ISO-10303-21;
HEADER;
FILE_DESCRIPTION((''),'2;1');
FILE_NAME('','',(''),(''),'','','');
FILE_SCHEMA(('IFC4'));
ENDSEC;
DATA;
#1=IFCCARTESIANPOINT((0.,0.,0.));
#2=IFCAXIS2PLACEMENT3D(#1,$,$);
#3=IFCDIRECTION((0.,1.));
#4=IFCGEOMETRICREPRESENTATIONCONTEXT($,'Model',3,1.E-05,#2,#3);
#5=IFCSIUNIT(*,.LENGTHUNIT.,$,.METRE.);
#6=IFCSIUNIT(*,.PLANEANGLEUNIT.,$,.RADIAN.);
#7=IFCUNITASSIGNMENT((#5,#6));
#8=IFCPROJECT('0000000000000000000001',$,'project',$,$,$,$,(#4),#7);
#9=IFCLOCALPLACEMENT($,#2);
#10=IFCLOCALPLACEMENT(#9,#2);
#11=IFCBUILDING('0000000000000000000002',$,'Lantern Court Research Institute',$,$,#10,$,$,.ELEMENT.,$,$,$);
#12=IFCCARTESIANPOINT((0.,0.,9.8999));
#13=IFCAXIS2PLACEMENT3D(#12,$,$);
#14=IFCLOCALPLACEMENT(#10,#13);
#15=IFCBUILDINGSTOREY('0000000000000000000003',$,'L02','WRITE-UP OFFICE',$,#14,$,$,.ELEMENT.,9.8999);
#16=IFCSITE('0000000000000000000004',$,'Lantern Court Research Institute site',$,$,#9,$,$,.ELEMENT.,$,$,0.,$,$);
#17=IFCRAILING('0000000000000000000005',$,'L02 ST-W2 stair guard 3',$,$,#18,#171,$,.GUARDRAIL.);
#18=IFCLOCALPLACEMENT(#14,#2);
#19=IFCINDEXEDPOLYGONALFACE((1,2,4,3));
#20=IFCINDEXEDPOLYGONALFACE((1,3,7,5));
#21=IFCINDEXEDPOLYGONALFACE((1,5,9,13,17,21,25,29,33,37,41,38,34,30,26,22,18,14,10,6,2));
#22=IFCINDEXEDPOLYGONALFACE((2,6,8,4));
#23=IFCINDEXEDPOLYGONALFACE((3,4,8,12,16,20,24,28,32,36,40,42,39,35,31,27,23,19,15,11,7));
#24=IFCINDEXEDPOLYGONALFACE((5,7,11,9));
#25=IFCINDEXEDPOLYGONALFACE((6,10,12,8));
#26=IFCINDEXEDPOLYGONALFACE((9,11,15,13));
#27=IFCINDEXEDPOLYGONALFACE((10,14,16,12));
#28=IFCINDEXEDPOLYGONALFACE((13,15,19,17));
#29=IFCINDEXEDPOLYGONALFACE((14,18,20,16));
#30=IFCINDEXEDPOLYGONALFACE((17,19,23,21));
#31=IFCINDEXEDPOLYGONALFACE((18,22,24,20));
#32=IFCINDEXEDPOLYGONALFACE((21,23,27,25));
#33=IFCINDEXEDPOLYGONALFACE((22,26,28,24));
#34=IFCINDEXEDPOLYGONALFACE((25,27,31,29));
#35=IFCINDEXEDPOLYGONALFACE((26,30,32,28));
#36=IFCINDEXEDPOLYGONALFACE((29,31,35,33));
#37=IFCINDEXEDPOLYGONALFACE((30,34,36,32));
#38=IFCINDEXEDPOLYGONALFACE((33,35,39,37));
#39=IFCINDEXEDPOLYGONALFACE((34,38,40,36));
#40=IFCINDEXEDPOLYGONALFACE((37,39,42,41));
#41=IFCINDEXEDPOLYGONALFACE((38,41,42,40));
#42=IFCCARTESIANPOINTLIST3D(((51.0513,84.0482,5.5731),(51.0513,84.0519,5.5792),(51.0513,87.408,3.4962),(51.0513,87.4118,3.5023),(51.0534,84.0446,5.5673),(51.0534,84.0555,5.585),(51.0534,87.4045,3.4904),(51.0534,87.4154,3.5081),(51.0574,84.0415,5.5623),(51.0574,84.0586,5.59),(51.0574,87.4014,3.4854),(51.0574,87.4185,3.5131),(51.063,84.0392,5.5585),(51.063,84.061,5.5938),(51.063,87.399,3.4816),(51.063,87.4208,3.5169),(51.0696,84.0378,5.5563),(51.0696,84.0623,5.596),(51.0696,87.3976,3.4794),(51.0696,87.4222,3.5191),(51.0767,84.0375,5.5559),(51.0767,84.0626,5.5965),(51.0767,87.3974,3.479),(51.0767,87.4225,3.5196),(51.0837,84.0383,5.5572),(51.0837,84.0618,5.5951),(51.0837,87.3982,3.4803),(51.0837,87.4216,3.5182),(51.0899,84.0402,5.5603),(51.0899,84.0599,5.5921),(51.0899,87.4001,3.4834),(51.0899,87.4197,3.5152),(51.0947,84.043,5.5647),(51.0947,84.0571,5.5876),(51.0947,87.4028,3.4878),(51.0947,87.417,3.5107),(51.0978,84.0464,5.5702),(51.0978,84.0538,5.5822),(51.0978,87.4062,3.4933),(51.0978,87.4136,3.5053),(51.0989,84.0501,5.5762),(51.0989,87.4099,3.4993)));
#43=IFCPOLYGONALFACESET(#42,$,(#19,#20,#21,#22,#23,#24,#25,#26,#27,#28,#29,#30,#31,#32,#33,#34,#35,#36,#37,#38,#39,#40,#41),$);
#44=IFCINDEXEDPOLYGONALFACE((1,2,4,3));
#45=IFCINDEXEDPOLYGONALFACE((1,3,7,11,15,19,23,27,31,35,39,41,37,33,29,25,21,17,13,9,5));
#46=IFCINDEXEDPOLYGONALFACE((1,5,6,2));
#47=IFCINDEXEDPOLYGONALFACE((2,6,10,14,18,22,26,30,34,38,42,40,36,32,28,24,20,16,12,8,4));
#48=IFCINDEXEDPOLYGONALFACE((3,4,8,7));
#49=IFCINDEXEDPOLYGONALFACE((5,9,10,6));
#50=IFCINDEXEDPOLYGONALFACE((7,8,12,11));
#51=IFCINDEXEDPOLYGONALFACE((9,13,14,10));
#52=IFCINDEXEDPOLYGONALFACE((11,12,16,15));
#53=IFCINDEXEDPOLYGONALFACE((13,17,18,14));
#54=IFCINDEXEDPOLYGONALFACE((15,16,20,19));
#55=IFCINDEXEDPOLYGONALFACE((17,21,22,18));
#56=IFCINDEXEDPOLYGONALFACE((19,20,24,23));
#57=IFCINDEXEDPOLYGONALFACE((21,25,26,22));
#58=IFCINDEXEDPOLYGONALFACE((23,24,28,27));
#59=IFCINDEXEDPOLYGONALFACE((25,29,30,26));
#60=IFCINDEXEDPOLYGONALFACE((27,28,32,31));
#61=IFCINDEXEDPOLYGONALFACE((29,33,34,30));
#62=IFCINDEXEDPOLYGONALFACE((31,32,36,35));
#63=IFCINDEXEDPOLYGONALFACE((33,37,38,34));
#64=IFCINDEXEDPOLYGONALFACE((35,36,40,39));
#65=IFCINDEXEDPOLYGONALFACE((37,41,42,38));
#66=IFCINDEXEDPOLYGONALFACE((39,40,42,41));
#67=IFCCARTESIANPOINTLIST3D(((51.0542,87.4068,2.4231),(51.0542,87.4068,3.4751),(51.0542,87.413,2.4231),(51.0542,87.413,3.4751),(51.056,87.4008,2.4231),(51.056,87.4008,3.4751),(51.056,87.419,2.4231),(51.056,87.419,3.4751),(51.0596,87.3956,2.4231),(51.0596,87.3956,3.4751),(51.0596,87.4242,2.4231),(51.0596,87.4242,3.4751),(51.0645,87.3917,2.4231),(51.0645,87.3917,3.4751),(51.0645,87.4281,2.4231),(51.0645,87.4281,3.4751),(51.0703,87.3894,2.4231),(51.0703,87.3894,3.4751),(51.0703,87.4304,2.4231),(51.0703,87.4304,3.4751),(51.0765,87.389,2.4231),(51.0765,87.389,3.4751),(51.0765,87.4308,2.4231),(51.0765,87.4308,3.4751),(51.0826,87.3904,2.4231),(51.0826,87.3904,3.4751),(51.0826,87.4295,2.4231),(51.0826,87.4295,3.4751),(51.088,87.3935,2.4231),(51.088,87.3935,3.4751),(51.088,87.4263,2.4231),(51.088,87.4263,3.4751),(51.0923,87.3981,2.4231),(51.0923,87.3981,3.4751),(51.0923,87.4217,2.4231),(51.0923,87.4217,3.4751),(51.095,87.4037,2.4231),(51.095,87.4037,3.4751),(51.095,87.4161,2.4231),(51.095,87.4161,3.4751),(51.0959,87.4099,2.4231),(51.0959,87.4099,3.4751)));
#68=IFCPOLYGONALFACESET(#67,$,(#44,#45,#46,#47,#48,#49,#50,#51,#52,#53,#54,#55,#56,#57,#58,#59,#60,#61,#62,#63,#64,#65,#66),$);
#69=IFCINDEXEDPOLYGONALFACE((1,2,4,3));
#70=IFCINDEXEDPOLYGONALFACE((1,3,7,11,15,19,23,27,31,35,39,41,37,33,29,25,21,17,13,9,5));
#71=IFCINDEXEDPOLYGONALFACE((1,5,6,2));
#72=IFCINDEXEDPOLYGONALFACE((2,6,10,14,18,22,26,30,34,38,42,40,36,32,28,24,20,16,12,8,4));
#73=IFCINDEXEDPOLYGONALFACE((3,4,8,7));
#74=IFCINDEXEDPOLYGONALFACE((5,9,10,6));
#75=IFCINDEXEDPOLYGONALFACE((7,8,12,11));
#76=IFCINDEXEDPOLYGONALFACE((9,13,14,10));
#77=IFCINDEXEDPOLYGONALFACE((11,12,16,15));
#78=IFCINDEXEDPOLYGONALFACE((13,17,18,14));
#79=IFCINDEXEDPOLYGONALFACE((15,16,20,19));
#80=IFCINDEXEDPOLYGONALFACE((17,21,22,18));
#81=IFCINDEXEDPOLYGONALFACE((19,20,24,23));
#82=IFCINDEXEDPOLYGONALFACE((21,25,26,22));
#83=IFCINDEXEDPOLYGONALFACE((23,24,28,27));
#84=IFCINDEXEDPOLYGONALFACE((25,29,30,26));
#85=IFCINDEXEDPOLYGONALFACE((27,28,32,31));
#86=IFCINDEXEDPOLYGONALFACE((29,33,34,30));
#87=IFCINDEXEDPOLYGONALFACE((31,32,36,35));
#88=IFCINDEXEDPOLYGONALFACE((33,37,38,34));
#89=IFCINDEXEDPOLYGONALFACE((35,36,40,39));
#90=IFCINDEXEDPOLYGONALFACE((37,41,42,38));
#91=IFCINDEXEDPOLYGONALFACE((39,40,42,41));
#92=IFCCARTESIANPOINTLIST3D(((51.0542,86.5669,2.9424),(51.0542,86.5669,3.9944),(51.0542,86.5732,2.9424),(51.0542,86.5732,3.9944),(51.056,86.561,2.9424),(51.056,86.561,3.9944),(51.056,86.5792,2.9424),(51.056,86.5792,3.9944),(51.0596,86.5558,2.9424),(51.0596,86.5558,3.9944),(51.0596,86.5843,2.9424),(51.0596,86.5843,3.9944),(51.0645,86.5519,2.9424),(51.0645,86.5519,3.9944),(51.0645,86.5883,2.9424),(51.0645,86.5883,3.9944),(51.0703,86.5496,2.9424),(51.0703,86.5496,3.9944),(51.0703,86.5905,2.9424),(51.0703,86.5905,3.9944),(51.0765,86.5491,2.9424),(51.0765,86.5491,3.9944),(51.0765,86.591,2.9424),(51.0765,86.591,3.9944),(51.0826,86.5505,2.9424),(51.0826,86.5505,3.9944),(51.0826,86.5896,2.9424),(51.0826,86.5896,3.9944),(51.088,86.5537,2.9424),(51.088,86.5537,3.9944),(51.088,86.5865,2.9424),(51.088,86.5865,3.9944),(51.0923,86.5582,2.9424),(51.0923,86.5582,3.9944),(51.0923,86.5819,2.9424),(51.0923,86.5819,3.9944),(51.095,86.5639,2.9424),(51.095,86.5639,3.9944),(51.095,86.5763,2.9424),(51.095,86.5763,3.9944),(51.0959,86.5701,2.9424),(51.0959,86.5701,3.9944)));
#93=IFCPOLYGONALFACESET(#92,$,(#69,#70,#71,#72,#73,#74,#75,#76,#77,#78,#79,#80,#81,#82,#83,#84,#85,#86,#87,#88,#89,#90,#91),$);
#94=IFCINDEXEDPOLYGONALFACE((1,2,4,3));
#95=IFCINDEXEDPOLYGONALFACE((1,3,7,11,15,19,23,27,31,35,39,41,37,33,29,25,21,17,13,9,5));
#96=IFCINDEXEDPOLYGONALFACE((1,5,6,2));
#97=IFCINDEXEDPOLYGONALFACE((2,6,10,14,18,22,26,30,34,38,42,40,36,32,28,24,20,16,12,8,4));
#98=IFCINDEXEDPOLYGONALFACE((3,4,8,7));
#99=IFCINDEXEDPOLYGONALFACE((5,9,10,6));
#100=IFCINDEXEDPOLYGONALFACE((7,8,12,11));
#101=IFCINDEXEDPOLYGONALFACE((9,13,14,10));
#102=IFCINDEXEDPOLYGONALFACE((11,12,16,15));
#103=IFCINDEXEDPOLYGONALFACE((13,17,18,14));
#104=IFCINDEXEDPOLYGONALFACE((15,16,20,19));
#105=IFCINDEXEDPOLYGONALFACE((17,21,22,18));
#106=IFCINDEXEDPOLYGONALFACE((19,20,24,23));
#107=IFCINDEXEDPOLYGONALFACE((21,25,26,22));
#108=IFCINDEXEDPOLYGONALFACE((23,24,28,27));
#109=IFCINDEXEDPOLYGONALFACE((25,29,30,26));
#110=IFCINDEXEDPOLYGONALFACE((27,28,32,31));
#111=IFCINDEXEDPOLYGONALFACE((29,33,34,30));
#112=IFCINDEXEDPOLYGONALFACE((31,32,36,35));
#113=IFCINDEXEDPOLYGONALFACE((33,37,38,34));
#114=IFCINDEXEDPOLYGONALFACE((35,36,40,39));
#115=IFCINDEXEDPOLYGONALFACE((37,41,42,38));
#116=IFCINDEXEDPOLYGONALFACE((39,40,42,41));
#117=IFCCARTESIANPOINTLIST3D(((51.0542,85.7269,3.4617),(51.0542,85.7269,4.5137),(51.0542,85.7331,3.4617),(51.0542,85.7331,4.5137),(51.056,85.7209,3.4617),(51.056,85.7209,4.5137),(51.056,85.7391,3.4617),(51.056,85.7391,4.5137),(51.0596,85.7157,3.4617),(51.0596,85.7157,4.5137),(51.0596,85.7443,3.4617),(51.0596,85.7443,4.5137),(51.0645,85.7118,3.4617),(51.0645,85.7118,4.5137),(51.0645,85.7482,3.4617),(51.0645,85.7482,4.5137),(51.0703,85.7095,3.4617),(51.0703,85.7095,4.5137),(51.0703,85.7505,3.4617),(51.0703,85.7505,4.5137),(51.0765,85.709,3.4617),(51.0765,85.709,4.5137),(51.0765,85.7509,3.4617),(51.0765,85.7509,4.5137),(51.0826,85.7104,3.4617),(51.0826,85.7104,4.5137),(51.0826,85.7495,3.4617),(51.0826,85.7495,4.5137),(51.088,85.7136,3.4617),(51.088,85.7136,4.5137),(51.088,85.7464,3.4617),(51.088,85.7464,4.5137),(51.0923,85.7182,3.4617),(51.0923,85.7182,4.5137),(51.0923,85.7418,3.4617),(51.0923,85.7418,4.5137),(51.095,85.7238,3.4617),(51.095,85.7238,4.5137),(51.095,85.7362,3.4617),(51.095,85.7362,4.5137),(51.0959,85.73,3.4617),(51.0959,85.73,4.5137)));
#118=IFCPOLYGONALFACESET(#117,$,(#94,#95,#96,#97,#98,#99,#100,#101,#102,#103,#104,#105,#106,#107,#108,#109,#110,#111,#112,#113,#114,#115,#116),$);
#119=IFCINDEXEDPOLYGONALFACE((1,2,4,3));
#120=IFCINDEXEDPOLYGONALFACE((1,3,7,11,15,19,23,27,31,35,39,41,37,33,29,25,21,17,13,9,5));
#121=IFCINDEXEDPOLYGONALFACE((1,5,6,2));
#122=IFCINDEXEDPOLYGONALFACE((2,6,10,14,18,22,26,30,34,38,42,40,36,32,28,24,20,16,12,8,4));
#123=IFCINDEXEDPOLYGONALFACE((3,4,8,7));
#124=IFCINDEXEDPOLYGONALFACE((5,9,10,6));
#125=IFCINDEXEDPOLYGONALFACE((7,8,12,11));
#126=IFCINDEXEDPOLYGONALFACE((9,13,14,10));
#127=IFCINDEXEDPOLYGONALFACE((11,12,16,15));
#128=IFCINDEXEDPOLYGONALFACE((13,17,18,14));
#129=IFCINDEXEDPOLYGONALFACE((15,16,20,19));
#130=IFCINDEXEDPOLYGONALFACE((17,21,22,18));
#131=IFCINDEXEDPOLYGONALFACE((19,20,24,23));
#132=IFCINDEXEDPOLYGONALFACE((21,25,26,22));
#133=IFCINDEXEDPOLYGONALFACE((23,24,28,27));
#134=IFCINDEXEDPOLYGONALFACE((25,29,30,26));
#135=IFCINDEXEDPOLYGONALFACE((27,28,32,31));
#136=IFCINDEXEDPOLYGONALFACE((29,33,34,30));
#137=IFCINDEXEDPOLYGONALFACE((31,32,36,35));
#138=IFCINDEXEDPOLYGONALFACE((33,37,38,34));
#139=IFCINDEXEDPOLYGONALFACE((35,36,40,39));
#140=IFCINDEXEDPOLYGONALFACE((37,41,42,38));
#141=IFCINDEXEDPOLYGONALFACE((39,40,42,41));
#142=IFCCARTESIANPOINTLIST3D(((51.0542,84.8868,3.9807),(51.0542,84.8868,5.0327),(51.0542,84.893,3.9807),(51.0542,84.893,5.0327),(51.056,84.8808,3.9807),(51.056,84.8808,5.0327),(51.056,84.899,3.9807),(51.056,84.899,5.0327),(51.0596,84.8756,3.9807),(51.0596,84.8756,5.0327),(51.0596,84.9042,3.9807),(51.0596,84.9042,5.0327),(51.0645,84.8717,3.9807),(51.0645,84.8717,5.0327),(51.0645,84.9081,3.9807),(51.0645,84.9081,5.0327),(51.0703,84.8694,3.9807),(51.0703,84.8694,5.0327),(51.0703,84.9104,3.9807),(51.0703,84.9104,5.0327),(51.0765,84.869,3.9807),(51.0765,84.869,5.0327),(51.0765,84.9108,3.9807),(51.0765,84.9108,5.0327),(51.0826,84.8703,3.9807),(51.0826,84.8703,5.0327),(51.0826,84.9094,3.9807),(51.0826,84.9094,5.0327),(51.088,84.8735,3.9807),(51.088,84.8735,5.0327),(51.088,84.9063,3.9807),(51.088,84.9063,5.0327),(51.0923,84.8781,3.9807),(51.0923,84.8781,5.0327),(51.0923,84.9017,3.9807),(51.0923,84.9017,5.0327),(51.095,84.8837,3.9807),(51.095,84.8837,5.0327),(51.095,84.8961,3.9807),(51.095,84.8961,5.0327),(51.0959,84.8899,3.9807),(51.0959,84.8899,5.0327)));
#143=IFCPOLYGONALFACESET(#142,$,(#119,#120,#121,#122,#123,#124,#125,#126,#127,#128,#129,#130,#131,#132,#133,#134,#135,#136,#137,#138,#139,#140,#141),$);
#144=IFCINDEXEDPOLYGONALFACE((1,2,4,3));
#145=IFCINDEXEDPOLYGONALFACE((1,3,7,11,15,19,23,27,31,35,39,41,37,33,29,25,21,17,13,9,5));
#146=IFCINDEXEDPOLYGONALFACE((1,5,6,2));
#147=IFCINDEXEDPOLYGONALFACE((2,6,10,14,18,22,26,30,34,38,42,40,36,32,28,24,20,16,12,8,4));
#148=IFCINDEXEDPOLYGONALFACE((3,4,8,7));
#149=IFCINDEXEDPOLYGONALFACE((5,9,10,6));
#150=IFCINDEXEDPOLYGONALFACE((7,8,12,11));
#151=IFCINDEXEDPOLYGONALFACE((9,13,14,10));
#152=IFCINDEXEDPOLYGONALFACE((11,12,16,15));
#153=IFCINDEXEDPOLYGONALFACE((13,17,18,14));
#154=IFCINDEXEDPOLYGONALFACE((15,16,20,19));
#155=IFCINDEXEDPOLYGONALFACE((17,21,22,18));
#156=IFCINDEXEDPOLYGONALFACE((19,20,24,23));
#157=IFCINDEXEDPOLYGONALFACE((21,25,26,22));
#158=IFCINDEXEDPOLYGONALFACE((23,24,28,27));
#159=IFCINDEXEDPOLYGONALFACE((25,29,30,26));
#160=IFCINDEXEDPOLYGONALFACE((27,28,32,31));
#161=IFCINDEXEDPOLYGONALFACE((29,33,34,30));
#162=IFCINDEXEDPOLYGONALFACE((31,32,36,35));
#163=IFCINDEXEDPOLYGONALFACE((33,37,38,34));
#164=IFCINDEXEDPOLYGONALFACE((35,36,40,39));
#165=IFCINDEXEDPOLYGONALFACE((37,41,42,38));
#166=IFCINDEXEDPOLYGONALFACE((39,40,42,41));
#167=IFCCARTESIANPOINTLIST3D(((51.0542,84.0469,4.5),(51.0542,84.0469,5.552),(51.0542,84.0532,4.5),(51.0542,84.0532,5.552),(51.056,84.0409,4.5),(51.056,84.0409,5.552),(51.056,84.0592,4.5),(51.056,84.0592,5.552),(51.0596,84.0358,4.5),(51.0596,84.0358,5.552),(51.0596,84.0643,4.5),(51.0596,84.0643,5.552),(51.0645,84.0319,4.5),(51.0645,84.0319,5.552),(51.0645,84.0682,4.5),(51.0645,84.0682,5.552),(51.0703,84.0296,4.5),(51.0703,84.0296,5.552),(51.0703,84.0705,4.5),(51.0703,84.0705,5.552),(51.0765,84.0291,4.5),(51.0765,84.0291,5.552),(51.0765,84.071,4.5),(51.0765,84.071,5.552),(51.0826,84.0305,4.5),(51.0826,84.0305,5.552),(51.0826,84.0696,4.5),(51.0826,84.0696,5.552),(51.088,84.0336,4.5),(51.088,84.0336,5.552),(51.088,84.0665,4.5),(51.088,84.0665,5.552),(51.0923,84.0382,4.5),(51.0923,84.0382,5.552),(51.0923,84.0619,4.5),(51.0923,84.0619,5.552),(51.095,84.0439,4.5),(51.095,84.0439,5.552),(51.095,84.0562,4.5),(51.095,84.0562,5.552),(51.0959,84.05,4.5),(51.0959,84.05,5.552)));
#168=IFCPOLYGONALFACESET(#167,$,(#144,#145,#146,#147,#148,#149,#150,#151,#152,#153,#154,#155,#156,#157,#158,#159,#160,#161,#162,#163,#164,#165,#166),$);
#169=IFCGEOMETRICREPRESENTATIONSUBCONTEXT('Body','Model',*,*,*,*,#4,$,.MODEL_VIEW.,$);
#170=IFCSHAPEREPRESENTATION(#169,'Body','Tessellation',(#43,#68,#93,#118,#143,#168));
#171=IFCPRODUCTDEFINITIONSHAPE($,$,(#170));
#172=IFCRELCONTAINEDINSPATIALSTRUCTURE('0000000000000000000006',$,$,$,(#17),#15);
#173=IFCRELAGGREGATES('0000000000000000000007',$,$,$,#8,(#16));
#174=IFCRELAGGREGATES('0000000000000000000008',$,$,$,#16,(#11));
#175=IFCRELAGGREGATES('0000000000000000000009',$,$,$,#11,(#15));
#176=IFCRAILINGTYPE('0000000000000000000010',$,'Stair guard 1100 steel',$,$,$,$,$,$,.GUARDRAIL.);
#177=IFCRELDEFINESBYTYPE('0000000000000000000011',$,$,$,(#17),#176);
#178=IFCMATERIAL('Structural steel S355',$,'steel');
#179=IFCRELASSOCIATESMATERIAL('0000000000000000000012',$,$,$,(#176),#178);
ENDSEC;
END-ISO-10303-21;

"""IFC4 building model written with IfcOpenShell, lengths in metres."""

from ifc_helpers import new_model, si_unit, direction, frame, origin, origin_2d, place, context, subcontext, project, spatial, circle, extrude, material, type_object, element, save


model = new_model("IFC4")

# Units and contexts
model_context = context("Model", 3, precision=1e-05, world=origin(), true_north=direction((0.0, 1.0)))
body_context = subcontext(model_context, "Body", "Model", "MODEL_VIEW")
ifc_project = project(units=[si_unit("LENGTHUNIT", "METRE"), si_unit("PLANEANGLEUNIT", "RADIAN")], contexts=[model_context])

# Site, building, storey
site_placement = place(None, origin())
site = spatial("IfcSite", under=ifc_project, at=site_placement, Name="Lantern Court Research Institute site", CompositionType="ELEMENT", RefElevation=0.0)
building_placement = place(site_placement, origin())
building = spatial("IfcBuilding", under=site, at=building_placement, Name="Lantern Court Research Institute", CompositionType="ELEMENT")
storey_placement = place(building_placement, frame((0.0, 0.0, 9.8999)))
storey = spatial("IfcBuildingStorey", under=building, at=storey_placement, Name="L02", Description="WRITE-UP OFFICE", CompositionType="ELEMENT", Elevation=9.8999)

# Railing
ifc_material_1 = material(Name="Structural steel S355", Category="steel")
railing_type_1 = type_object("IfcRailingType", Name="Stair guard 1100 steel", PredefinedType="GUARDRAIL", material=ifc_material_1)
railing_1_placement = place(storey_placement, frame((51.075, 87.4099, 2.4231)))
element("IfcRailing", 1, at=railing_1_placement, inside=storey, type_object=railing_type_1, Name="L02 ST-W2 stair guard 3", PredefinedType="GUARDRAIL", context=body_context, shape_type="SweptSolid", body=[
    extrude(circle(Radius=0.0239, at=origin_2d()), frame((0.0, 0.0, 1.0762), z_axis=(0.0, -0.850606, 0.525803), x_axis=(1.0, 0.0, 0.0)), (0.0, 0.0, 1.0), 3.95),
    extrude(circle(Radius=0.021, at=origin_2d()), origin(), (0.0, 0.0, 1.0), 1.052),
    extrude(circle(Radius=0.021, at=origin_2d()), frame((0.0, -0.8398, 0.5193)), (0.0, 0.0, 1.0), 1.052),
    extrude(circle(Radius=0.021, at=origin_2d()), frame((0.0, -1.6799, 1.0386)), (0.0, 0.0, 1.0), 1.052),
    extrude(circle(Radius=0.021, at=origin_2d()), frame((0.0, -2.52, 1.5576)), (0.0, 0.0, 1.0), 1.052),
    extrude(circle(Radius=0.021, at=origin_2d()), frame((0.0, -3.3599, 2.0769)), (0.0, 0.0, 1.0), 1.052),
])

save(model, "model.ifc")
